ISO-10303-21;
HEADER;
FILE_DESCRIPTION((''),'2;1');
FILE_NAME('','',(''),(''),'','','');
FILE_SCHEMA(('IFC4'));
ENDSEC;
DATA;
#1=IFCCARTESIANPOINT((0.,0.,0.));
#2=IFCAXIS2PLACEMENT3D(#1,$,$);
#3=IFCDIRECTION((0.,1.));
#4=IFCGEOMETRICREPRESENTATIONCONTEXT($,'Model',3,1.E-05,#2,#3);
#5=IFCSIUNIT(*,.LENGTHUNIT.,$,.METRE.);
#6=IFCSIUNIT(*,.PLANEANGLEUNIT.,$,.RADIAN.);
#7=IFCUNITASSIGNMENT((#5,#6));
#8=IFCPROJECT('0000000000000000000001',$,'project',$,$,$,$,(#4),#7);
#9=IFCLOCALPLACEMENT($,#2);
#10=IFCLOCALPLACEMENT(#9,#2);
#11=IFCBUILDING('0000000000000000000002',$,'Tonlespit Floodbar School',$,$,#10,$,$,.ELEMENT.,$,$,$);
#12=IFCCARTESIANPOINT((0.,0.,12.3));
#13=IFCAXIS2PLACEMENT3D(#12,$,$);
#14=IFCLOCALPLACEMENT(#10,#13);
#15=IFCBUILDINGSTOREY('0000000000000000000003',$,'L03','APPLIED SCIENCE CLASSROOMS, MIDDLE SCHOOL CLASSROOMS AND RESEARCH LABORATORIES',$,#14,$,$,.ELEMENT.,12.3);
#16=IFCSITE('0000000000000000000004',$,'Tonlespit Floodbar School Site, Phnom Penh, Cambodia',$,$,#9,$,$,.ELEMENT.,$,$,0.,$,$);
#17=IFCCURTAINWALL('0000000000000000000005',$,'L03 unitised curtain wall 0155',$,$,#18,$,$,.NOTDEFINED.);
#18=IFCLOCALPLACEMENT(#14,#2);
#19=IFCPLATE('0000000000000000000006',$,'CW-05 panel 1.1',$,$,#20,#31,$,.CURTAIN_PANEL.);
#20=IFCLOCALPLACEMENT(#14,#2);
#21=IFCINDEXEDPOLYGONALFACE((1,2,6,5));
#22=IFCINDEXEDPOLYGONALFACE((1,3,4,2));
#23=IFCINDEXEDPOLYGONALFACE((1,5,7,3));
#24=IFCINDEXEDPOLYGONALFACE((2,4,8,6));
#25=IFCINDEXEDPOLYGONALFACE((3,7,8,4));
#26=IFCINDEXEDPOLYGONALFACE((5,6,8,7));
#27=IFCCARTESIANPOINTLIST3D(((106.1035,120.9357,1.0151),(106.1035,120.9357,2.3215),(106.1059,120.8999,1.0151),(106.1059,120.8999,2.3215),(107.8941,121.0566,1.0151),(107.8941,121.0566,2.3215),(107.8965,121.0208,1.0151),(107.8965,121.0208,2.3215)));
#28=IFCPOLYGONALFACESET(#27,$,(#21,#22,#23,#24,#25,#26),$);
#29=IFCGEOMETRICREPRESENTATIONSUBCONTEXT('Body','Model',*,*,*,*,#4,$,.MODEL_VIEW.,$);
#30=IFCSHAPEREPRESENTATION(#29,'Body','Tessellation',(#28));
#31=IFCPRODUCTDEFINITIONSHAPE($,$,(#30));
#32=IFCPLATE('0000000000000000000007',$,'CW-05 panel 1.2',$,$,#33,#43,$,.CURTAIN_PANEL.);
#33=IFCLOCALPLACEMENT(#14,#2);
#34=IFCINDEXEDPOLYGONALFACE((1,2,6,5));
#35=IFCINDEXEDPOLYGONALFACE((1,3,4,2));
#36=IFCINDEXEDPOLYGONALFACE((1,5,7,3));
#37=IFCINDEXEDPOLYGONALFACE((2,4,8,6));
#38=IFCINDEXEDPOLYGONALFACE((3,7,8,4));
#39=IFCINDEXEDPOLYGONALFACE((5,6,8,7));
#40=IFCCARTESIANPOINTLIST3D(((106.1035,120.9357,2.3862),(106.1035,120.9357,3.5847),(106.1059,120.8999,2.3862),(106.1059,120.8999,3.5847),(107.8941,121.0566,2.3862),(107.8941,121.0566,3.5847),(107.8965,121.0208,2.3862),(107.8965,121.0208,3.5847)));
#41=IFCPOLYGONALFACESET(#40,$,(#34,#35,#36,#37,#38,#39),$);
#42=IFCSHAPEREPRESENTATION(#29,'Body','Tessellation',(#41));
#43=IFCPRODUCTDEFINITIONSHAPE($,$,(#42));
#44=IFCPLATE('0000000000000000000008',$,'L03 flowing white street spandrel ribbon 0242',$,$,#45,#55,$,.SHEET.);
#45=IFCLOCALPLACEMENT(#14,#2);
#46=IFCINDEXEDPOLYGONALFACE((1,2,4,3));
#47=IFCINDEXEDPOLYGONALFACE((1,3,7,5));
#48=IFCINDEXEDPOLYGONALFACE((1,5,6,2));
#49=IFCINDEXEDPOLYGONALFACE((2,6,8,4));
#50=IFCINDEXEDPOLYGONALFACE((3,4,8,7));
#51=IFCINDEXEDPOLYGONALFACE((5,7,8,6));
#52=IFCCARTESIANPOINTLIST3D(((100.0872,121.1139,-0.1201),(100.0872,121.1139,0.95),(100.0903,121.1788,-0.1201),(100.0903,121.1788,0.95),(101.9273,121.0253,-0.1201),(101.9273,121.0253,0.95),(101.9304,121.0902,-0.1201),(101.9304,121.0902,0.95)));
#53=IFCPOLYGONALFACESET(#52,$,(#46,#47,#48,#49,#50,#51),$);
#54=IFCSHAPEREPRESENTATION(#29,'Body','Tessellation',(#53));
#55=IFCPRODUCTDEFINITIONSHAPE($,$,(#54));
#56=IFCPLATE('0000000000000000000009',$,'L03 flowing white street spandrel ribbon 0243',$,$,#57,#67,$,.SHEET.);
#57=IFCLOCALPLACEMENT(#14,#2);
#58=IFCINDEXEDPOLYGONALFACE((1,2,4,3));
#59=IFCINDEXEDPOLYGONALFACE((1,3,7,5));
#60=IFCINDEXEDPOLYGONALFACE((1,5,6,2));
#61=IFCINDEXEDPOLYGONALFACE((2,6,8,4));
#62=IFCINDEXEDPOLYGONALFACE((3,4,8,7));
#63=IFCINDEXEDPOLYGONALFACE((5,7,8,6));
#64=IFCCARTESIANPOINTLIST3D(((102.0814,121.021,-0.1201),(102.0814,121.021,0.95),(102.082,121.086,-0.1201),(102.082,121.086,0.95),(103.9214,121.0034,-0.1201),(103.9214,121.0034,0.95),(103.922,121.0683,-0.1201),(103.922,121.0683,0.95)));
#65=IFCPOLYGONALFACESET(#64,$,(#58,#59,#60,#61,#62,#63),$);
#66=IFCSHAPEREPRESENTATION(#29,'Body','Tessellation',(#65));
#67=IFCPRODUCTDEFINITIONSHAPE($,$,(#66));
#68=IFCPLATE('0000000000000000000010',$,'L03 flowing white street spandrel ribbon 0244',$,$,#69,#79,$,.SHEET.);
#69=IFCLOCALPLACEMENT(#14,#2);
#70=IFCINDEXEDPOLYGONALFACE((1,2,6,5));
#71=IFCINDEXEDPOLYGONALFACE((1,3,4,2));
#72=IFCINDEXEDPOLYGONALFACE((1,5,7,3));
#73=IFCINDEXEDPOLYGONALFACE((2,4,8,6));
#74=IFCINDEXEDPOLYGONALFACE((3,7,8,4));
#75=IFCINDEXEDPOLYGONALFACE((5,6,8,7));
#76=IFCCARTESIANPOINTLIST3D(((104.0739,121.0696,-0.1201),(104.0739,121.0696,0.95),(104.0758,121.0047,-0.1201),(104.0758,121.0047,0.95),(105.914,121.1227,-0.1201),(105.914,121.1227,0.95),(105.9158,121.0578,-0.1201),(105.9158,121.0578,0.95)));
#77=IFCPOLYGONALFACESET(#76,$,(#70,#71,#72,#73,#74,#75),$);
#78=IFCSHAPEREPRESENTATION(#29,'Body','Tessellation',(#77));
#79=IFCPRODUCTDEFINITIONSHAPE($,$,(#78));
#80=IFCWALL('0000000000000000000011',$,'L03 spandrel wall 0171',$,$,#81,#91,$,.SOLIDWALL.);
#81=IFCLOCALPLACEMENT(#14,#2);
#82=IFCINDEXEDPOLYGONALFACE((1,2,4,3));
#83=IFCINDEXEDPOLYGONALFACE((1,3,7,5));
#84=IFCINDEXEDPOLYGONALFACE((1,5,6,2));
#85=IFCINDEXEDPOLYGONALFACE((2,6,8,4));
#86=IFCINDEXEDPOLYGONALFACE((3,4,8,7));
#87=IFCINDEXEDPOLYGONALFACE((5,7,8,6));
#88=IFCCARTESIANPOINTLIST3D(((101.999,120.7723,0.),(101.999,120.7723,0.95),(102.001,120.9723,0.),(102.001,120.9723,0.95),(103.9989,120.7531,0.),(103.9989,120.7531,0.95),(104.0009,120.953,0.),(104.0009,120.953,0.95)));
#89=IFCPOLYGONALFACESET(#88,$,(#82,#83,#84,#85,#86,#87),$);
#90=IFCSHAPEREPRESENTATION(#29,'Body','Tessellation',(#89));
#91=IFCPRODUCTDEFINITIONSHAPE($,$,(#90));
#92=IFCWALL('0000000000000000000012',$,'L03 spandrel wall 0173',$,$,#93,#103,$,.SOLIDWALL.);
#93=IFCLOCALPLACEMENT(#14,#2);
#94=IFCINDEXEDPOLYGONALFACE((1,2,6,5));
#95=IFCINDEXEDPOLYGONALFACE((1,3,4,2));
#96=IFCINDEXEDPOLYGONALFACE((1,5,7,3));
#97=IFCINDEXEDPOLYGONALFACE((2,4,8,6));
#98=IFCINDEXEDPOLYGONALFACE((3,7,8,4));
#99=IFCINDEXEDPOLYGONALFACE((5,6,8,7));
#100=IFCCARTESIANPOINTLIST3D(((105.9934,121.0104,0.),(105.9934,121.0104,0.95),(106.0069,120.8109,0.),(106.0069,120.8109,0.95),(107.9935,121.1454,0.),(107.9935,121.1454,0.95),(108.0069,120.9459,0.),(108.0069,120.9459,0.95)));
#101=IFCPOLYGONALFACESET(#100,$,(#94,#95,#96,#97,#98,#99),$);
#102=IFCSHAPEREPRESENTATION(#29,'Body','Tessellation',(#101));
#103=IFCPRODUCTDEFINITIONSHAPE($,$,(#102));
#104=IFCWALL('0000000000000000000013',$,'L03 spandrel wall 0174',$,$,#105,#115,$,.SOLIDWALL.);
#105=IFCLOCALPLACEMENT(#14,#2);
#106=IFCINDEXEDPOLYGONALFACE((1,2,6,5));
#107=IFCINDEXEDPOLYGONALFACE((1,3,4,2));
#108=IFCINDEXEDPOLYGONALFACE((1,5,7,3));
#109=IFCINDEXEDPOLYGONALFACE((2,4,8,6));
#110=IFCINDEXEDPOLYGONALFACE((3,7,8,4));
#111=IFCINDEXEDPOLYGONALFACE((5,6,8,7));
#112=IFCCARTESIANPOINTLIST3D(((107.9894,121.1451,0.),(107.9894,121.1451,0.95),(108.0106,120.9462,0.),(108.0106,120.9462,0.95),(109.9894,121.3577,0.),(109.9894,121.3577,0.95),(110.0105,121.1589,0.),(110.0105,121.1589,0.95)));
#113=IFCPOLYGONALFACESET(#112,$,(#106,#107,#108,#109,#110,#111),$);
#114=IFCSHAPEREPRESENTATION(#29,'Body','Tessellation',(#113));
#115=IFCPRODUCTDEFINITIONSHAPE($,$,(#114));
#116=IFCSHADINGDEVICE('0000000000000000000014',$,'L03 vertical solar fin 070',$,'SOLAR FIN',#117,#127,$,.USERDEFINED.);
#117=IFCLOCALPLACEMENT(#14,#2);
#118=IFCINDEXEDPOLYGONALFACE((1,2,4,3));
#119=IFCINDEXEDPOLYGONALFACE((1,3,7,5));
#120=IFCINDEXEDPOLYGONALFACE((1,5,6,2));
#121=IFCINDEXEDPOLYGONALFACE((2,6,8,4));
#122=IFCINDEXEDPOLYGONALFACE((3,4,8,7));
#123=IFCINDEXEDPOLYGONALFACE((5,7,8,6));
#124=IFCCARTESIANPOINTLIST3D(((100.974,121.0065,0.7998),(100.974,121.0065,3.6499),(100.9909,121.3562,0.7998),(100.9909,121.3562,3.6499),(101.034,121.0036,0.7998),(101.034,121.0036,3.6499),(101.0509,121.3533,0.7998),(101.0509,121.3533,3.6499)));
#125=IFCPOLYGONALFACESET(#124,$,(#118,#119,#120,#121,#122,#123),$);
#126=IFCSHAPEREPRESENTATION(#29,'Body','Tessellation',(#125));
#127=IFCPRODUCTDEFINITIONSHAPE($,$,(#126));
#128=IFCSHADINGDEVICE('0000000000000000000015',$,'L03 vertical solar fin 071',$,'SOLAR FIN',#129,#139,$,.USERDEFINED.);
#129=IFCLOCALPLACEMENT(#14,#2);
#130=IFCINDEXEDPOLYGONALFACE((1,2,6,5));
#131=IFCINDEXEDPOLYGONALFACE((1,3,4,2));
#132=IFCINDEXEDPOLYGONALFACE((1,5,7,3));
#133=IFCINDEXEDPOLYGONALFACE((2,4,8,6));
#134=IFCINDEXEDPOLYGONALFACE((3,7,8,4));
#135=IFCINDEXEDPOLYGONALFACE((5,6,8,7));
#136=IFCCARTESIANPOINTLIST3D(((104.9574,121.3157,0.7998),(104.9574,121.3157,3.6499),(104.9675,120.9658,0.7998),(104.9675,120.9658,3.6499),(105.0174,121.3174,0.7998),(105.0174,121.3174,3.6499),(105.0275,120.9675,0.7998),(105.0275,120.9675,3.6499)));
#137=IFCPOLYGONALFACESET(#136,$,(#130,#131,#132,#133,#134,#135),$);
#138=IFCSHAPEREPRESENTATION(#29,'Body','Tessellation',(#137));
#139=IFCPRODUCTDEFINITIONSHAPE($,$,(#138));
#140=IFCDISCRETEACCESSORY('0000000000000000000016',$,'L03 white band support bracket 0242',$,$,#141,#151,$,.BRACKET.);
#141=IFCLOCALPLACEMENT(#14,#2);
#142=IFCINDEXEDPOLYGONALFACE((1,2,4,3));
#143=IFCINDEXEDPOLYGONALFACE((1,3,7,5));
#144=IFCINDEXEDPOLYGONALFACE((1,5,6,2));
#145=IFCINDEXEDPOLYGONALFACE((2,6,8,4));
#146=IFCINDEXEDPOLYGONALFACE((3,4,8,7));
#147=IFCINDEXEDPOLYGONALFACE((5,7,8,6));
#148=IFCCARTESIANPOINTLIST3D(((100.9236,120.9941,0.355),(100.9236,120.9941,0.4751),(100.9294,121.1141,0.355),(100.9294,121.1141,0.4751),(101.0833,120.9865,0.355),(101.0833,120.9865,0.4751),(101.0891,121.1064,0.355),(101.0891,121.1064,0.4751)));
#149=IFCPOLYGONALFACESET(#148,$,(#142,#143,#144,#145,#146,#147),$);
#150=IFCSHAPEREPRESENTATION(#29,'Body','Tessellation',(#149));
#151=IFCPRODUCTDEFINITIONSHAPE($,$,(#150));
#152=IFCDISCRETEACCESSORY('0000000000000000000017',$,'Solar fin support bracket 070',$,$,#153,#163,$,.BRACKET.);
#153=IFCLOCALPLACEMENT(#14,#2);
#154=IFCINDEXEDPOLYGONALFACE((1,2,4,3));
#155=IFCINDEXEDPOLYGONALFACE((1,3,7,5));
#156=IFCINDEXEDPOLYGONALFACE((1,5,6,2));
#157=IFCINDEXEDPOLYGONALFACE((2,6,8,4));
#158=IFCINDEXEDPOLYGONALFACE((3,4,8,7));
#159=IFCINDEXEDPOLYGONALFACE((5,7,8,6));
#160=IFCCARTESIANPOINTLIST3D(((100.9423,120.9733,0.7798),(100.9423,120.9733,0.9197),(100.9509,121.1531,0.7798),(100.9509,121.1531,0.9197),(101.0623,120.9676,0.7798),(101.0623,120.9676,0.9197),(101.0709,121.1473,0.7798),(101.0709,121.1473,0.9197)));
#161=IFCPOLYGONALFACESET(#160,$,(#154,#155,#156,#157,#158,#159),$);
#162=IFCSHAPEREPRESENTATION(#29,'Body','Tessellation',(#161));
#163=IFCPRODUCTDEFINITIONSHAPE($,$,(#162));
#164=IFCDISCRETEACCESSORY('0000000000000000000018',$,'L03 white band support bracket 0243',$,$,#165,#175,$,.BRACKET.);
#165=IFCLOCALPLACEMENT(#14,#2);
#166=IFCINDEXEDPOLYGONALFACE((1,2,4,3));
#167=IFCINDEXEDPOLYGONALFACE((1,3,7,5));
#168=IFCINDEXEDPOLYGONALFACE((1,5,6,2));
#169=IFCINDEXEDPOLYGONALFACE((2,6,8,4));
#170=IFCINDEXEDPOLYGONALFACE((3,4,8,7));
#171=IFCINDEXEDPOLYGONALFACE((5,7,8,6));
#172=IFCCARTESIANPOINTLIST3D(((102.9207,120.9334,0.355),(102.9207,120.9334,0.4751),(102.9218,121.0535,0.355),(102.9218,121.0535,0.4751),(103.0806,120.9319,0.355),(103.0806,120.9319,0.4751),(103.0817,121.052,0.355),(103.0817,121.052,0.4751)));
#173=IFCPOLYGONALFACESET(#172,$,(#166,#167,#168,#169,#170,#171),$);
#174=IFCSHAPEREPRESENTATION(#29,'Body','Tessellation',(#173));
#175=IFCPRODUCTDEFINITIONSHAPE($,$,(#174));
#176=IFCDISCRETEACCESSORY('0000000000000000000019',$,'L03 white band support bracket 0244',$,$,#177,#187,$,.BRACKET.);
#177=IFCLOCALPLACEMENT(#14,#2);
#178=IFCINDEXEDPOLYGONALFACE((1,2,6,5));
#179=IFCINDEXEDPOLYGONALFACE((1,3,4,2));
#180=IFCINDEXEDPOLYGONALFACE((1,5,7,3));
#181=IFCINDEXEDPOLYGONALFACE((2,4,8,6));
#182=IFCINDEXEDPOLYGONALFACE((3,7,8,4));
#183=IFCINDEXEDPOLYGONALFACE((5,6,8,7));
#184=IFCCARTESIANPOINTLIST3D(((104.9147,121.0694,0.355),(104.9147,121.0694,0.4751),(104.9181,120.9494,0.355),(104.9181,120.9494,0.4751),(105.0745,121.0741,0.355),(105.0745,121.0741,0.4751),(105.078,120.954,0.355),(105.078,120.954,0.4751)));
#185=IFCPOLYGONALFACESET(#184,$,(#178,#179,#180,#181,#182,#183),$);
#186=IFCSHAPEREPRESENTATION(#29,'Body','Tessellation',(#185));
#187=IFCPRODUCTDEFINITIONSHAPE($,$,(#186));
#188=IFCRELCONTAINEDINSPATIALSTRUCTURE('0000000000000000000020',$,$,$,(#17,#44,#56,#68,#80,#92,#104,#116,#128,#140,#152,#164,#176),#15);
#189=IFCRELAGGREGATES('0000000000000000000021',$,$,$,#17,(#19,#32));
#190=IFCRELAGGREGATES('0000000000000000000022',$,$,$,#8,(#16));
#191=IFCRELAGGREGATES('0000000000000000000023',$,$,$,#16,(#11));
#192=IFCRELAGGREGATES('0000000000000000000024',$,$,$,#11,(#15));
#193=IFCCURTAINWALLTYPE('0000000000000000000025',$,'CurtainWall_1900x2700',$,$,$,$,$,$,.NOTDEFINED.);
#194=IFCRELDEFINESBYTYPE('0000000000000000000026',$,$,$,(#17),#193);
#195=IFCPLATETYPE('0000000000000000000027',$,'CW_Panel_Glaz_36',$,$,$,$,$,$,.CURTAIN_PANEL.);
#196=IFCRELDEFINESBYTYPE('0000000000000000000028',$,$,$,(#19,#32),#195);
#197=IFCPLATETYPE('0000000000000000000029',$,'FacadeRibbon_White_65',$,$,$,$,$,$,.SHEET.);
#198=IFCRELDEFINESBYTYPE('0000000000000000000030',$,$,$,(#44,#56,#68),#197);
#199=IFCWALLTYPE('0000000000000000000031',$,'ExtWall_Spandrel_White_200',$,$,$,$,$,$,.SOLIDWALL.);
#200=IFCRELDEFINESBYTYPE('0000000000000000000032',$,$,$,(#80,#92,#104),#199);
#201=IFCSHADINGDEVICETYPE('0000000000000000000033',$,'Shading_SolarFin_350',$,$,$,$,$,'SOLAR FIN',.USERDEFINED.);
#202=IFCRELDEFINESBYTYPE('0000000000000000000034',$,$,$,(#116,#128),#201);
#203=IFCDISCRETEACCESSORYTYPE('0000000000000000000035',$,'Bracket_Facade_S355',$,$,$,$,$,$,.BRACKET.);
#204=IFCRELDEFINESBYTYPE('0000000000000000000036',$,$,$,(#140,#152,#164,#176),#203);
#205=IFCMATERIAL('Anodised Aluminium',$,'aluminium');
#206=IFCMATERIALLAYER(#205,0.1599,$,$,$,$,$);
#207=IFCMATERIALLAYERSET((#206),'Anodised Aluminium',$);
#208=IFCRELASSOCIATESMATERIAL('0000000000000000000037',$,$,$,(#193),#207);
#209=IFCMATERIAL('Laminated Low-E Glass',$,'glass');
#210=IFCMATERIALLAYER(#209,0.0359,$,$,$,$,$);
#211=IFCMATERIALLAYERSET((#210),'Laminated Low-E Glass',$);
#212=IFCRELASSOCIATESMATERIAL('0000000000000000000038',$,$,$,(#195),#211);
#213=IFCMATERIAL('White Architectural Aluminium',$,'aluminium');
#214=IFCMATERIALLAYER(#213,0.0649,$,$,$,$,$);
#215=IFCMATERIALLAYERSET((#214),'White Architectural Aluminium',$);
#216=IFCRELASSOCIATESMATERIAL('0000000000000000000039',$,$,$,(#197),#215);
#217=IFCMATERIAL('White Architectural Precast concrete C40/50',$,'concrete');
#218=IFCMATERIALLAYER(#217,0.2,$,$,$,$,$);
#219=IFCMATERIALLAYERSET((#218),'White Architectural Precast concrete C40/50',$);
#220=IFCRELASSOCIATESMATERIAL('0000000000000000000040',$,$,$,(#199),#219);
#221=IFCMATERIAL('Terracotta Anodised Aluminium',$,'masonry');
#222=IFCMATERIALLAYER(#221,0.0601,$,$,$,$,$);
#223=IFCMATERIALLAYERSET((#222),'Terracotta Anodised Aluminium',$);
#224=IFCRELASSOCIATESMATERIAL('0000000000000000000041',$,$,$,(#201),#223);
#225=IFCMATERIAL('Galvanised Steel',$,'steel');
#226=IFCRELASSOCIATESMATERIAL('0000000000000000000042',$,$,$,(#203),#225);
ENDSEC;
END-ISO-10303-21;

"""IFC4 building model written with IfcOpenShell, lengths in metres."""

from ifc_helpers import new_model, si_unit, direction, frame, frame_2d, origin, origin_2d, place, context, subcontext, project, spatial, rectangle, extrude, material, layer, layer_set, type_object, element, aggregate, save


model = new_model("IFC4")

# Units and contexts
model_context = context("Model", 3, precision=1e-05, world=origin(), true_north=direction((0.0, 1.0)))
body_context = subcontext(model_context, "Body", "Model", "MODEL_VIEW")
ifc_project = project(units=[si_unit("LENGTHUNIT", "METRE"), si_unit("PLANEANGLEUNIT", "RADIAN")], contexts=[model_context])

# Site, building, storey
site_placement = place(None, origin())
site = spatial("IfcSite", under=ifc_project, at=site_placement, Name="Tonlespit Floodbar School Site, Phnom Penh, Cambodia", CompositionType="ELEMENT", RefElevation=0.0)
building_placement = place(site_placement, origin())
building = spatial("IfcBuilding", under=site, at=building_placement, Name="Tonlespit Floodbar School", CompositionType="ELEMENT")
storey_placement = place(building_placement, frame((0.0, 0.0, 12.3)))
storey = spatial("IfcBuildingStorey", under=building, at=storey_placement, Name="L03", Description="APPLIED SCIENCE CLASSROOMS, MIDDLE SCHOOL CLASSROOMS AND RESEARCH LABORATORIES", CompositionType="ELEMENT", Elevation=12.3)

# Shared definitions
ifc_material_1 = material(Name="Anodised Aluminium", Category="aluminium")
ifc_layer_1 = layer(ifc_material_1, 0.1599)
ifc_layer_set_1 = layer_set([ifc_layer_1], Name="Anodised Aluminium")
curtain_wall_type = type_object("IfcCurtainWallType", Name="CurtainWall_1900x2700", PredefinedType="NOTDEFINED", material=ifc_layer_set_1)

# Curtain wall
curtain_wall_1_placement = place(storey_placement, origin())
curtain_wall_1 = element("IfcCurtainWall", 1, at=curtain_wall_1_placement, inside=storey, type_object=curtain_wall_type, Name="L03 unitised curtain wall 0155", PredefinedType="NOTDEFINED")

# Plates
ifc_material_2 = material(Name="Laminated Low-E Glass", Category="glass")
ifc_layer_2 = layer(ifc_material_2, 0.0359)
ifc_layer_set_2 = layer_set([ifc_layer_2], Name="Laminated Low-E Glass")
plate_type_1 = type_object("IfcPlateType", Name="CW_Panel_Glaz_36", PredefinedType="CURTAIN_PANEL", material=ifc_layer_set_2)
plate_1_placement = place(storey_placement, frame((107.0, 120.9783, 1.0151), z_axis=(0.0, 0.0, 1.0), x_axis=(0.99773, 0.06734, 0.0)))
plate_1 = element("IfcPlate", 2, at=plate_1_placement, type_object=plate_type_1, Name="CW-05 panel 1.1", PredefinedType="CURTAIN_PANEL", context=body_context, shape_type="SweptSolid", body=[
    extrude(rectangle(XDim=1.7947, YDim=0.0359, at=origin_2d()), origin(), (0.0, 0.0, 1.0), 1.3064),
])
plate_2_placement = place(storey_placement, frame((107.0, 120.9783, 2.3862), z_axis=(0.0, 0.0, 1.0), x_axis=(0.99773, 0.06734, 0.0)))
plate_2 = element("IfcPlate", 3, at=plate_2_placement, type_object=plate_type_1, Name="CW-05 panel 1.2", PredefinedType="CURTAIN_PANEL", context=body_context, shape_type="SweptSolid", body=[
    extrude(rectangle(XDim=1.7947, YDim=0.0359, at=origin_2d()), origin(), (0.0, 0.0, 1.0), 1.1985),
])
aggregate(curtain_wall_1, [plate_1, plate_2])

# Plates
ifc_material_3 = material(Name="White Architectural Aluminium", Category="aluminium")
ifc_layer_3 = layer(ifc_material_3, 0.0649)
ifc_layer_set_3 = layer_set([ifc_layer_3], Name="White Architectural Aluminium")
plate_type_2 = type_object("IfcPlateType", Name="FacadeRibbon_White_65", PredefinedType="SHEET", material=ifc_layer_set_3)
plate_3_placement = place(storey_placement, frame((101.0088, 121.1021, -0.1201), z_axis=(0.0, 0.0, 1.0), x_axis=(0.998843, -0.048095, 0.0)))
element("IfcPlate", 4, at=plate_3_placement, inside=storey, type_object=plate_type_2, Name="L03 flowing white street spandrel ribbon 0242", PredefinedType="SHEET", context=body_context, shape_type="SweptSolid", body=[
    extrude(rectangle(XDim=1.8423, YDim=0.0649, at=origin_2d()), origin(), (0.0, 0.0, 1.0), 1.0701),
])
plate_4_placement = place(storey_placement, frame((103.0017, 121.0447, -0.1201), z_axis=(0.0, 0.0, 1.0), x_axis=(0.999954, -0.009599, 0.0)))
element("IfcPlate", 5, at=plate_4_placement, inside=storey, type_object=plate_type_2, Name="L03 flowing white street spandrel ribbon 0243", PredefinedType="SHEET", context=body_context, shape_type="SweptSolid", body=[
    extrude(rectangle(XDim=1.8401, YDim=0.0649, at=origin_2d()), origin(), (0.0, 0.0, 1.0), 1.0701),
])
plate_5_placement = place(storey_placement, frame((104.9949, 121.0637, -0.1201), z_axis=(0.0, 0.0, 1.0), x_axis=(0.999584, 0.028838, 0.0)))
element("IfcPlate", 6, at=plate_5_placement, inside=storey, type_object=plate_type_2, Name="L03 flowing white street spandrel ribbon 0244", PredefinedType="SHEET", context=body_context, shape_type="SweptSolid", body=[
    extrude(rectangle(XDim=1.8408, YDim=0.0649, at=origin_2d()), origin(), (0.0, 0.0, 1.0), 1.0701),
])

# Walls
ifc_material_4 = material(Name="White Architectural Precast concrete C40/50", Category="concrete")
ifc_layer_4 = layer(ifc_material_4, 0.2)
ifc_layer_set_4 = layer_set([ifc_layer_4], Name="White Architectural Precast concrete C40/50")
wall_type = type_object("IfcWallType", Name="ExtWall_Spandrel_White_200", PredefinedType="SOLIDWALL", material=ifc_layer_set_4)
wall_1_placement = place(storey_placement, frame((102.0, 120.8723, 0.0), z_axis=(0.0, 0.0, 1.0), x_axis=(0.999954, -0.009643, 0.0)))
element("IfcWall", 7, at=wall_1_placement, inside=storey, type_object=wall_type, Name="L03 spandrel wall 0171", PredefinedType="SOLIDWALL", context=body_context, shape_type="SweptSolid", body=[
    extrude(rectangle(XDim=2.0, YDim=0.2, at=frame_2d((1.0, 0.0))), origin(), (0.0, 0.0, 1.0), 0.95),
])
wall_2_placement = place(storey_placement, frame((106.0, 120.9106, 0.0), z_axis=(0.0, 0.0, 1.0), x_axis=(0.997729, 0.067352, 0.0)))
element("IfcWall", 8, at=wall_2_placement, inside=storey, type_object=wall_type, Name="L03 spandrel wall 0173", PredefinedType="SOLIDWALL", context=body_context, shape_type="SweptSolid", body=[
    extrude(rectangle(XDim=2.0046, YDim=0.2, at=frame_2d((1.0024, 0.0))), origin(), (0.0, 0.0, 1.0), 0.95),
])
wall_3_placement = place(storey_placement, frame((108.0, 121.0457, 0.0), z_axis=(0.0, 0.0, 1.0), x_axis=(0.994395, 0.105727, 0.0)))
element("IfcWall", 9, at=wall_3_placement, inside=storey, type_object=wall_type, Name="L03 spandrel wall 0174", PredefinedType="SOLIDWALL", context=body_context, shape_type="SweptSolid", body=[
    extrude(rectangle(XDim=2.0112, YDim=0.2, at=frame_2d((1.0056, 0.0))), origin(), (0.0, 0.0, 1.0), 0.95),
])

# Shading devices
ifc_material_5 = material(Name="Terracotta Anodised Aluminium", Category="masonry")
ifc_layer_5 = layer(ifc_material_5, 0.0601)
ifc_layer_set_5 = layer_set([ifc_layer_5], Name="Terracotta Anodised Aluminium")
shading_device_type = type_object("IfcShadingDeviceType", Name="Shading_SolarFin_350", ElementType="SOLAR FIN", PredefinedType="USERDEFINED", material=ifc_layer_set_5)
for number, where, z_axis, x_axis, name in (
    (10, (101.0125, 121.1799, 0.7998), (0.0, 0.0, 1.0), (0.998843, -0.048095, 0.0), "L03 vertical solar fin 070"),
    (11, (104.9924, 121.1416, 0.7998), (0.0, 0.0, 1.0), (0.999584, 0.028838, 0.0), "L03 vertical solar fin 071"),
):
    element("IfcShadingDevice", number, at=place(storey_placement, frame(where, z_axis=z_axis, x_axis=x_axis)), inside=storey, type_object=shading_device_type, Name=name, ObjectType="SOLAR FIN", PredefinedType="USERDEFINED", context=body_context, shape_type="SweptSolid", body=[
        extrude(rectangle(XDim=0.0601, YDim=0.3501, at=origin_2d()), origin(), (0.0, 0.0, 1.0), 2.8501),
    ])

# Discrete accessories
ifc_material_6 = material(Name="Galvanised Steel", Category="steel")
discrete_accessory_type = type_object("IfcDiscreteAccessoryType", Name="Bracket_Facade_S355", PredefinedType="BRACKET", material=ifc_material_6)
discrete_accessory_1_placement = place(storey_placement, frame((101.0063, 121.0503, 0.355), z_axis=(0.0, 0.0, 1.0), x_axis=(0.998843, -0.048095, 0.0)))
element("IfcDiscreteAccessory", 12, at=discrete_accessory_1_placement, inside=storey, type_object=discrete_accessory_type, Name="L03 white band support bracket 0242", PredefinedType="BRACKET", context=body_context, shape_type="SweptSolid", body=[
    extrude(rectangle(XDim=0.1599, YDim=0.1201, at=origin_2d()), origin(), (0.0, 0.0, 1.0), 0.1201),
])
discrete_accessory_2_placement = place(storey_placement, frame((101.0066, 121.0603, 0.7798), z_axis=(0.0, 0.0, 1.0), x_axis=(0.998843, -0.048095, 0.0)))
element("IfcDiscreteAccessory", 13, at=discrete_accessory_2_placement, inside=storey, type_object=discrete_accessory_type, Name="Solar fin support bracket 070", PredefinedType="BRACKET", context=body_context, shape_type="SweptSolid", body=[
    extrude(rectangle(XDim=0.1201, YDim=0.1799, at=origin_2d()), origin(), (0.0, 0.0, 1.0), 0.1399),
])
for number, where, z_axis, x_axis, name in (
    (14, (103.0012, 120.9927, 0.355), (0.0, 0.0, 1.0), (0.999954, -0.009599, 0.0), "L03 white band support bracket 0243"),
    (15, (104.9963, 121.0117, 0.355), (0.0, 0.0, 1.0), (0.999584, 0.028838, 0.0), "L03 white band support bracket 0244"),
):
    element("IfcDiscreteAccessory", number, at=place(storey_placement, frame(where, z_axis=z_axis, x_axis=x_axis)), inside=storey, type_object=discrete_accessory_type, Name=name, PredefinedType="BRACKET", context=body_context, shape_type="SweptSolid", body=[
        extrude(rectangle(XDim=0.1599, YDim=0.1201, at=origin_2d()), origin(), (0.0, 0.0, 1.0), 0.1201),
    ])

save(model, "model.ifc")
